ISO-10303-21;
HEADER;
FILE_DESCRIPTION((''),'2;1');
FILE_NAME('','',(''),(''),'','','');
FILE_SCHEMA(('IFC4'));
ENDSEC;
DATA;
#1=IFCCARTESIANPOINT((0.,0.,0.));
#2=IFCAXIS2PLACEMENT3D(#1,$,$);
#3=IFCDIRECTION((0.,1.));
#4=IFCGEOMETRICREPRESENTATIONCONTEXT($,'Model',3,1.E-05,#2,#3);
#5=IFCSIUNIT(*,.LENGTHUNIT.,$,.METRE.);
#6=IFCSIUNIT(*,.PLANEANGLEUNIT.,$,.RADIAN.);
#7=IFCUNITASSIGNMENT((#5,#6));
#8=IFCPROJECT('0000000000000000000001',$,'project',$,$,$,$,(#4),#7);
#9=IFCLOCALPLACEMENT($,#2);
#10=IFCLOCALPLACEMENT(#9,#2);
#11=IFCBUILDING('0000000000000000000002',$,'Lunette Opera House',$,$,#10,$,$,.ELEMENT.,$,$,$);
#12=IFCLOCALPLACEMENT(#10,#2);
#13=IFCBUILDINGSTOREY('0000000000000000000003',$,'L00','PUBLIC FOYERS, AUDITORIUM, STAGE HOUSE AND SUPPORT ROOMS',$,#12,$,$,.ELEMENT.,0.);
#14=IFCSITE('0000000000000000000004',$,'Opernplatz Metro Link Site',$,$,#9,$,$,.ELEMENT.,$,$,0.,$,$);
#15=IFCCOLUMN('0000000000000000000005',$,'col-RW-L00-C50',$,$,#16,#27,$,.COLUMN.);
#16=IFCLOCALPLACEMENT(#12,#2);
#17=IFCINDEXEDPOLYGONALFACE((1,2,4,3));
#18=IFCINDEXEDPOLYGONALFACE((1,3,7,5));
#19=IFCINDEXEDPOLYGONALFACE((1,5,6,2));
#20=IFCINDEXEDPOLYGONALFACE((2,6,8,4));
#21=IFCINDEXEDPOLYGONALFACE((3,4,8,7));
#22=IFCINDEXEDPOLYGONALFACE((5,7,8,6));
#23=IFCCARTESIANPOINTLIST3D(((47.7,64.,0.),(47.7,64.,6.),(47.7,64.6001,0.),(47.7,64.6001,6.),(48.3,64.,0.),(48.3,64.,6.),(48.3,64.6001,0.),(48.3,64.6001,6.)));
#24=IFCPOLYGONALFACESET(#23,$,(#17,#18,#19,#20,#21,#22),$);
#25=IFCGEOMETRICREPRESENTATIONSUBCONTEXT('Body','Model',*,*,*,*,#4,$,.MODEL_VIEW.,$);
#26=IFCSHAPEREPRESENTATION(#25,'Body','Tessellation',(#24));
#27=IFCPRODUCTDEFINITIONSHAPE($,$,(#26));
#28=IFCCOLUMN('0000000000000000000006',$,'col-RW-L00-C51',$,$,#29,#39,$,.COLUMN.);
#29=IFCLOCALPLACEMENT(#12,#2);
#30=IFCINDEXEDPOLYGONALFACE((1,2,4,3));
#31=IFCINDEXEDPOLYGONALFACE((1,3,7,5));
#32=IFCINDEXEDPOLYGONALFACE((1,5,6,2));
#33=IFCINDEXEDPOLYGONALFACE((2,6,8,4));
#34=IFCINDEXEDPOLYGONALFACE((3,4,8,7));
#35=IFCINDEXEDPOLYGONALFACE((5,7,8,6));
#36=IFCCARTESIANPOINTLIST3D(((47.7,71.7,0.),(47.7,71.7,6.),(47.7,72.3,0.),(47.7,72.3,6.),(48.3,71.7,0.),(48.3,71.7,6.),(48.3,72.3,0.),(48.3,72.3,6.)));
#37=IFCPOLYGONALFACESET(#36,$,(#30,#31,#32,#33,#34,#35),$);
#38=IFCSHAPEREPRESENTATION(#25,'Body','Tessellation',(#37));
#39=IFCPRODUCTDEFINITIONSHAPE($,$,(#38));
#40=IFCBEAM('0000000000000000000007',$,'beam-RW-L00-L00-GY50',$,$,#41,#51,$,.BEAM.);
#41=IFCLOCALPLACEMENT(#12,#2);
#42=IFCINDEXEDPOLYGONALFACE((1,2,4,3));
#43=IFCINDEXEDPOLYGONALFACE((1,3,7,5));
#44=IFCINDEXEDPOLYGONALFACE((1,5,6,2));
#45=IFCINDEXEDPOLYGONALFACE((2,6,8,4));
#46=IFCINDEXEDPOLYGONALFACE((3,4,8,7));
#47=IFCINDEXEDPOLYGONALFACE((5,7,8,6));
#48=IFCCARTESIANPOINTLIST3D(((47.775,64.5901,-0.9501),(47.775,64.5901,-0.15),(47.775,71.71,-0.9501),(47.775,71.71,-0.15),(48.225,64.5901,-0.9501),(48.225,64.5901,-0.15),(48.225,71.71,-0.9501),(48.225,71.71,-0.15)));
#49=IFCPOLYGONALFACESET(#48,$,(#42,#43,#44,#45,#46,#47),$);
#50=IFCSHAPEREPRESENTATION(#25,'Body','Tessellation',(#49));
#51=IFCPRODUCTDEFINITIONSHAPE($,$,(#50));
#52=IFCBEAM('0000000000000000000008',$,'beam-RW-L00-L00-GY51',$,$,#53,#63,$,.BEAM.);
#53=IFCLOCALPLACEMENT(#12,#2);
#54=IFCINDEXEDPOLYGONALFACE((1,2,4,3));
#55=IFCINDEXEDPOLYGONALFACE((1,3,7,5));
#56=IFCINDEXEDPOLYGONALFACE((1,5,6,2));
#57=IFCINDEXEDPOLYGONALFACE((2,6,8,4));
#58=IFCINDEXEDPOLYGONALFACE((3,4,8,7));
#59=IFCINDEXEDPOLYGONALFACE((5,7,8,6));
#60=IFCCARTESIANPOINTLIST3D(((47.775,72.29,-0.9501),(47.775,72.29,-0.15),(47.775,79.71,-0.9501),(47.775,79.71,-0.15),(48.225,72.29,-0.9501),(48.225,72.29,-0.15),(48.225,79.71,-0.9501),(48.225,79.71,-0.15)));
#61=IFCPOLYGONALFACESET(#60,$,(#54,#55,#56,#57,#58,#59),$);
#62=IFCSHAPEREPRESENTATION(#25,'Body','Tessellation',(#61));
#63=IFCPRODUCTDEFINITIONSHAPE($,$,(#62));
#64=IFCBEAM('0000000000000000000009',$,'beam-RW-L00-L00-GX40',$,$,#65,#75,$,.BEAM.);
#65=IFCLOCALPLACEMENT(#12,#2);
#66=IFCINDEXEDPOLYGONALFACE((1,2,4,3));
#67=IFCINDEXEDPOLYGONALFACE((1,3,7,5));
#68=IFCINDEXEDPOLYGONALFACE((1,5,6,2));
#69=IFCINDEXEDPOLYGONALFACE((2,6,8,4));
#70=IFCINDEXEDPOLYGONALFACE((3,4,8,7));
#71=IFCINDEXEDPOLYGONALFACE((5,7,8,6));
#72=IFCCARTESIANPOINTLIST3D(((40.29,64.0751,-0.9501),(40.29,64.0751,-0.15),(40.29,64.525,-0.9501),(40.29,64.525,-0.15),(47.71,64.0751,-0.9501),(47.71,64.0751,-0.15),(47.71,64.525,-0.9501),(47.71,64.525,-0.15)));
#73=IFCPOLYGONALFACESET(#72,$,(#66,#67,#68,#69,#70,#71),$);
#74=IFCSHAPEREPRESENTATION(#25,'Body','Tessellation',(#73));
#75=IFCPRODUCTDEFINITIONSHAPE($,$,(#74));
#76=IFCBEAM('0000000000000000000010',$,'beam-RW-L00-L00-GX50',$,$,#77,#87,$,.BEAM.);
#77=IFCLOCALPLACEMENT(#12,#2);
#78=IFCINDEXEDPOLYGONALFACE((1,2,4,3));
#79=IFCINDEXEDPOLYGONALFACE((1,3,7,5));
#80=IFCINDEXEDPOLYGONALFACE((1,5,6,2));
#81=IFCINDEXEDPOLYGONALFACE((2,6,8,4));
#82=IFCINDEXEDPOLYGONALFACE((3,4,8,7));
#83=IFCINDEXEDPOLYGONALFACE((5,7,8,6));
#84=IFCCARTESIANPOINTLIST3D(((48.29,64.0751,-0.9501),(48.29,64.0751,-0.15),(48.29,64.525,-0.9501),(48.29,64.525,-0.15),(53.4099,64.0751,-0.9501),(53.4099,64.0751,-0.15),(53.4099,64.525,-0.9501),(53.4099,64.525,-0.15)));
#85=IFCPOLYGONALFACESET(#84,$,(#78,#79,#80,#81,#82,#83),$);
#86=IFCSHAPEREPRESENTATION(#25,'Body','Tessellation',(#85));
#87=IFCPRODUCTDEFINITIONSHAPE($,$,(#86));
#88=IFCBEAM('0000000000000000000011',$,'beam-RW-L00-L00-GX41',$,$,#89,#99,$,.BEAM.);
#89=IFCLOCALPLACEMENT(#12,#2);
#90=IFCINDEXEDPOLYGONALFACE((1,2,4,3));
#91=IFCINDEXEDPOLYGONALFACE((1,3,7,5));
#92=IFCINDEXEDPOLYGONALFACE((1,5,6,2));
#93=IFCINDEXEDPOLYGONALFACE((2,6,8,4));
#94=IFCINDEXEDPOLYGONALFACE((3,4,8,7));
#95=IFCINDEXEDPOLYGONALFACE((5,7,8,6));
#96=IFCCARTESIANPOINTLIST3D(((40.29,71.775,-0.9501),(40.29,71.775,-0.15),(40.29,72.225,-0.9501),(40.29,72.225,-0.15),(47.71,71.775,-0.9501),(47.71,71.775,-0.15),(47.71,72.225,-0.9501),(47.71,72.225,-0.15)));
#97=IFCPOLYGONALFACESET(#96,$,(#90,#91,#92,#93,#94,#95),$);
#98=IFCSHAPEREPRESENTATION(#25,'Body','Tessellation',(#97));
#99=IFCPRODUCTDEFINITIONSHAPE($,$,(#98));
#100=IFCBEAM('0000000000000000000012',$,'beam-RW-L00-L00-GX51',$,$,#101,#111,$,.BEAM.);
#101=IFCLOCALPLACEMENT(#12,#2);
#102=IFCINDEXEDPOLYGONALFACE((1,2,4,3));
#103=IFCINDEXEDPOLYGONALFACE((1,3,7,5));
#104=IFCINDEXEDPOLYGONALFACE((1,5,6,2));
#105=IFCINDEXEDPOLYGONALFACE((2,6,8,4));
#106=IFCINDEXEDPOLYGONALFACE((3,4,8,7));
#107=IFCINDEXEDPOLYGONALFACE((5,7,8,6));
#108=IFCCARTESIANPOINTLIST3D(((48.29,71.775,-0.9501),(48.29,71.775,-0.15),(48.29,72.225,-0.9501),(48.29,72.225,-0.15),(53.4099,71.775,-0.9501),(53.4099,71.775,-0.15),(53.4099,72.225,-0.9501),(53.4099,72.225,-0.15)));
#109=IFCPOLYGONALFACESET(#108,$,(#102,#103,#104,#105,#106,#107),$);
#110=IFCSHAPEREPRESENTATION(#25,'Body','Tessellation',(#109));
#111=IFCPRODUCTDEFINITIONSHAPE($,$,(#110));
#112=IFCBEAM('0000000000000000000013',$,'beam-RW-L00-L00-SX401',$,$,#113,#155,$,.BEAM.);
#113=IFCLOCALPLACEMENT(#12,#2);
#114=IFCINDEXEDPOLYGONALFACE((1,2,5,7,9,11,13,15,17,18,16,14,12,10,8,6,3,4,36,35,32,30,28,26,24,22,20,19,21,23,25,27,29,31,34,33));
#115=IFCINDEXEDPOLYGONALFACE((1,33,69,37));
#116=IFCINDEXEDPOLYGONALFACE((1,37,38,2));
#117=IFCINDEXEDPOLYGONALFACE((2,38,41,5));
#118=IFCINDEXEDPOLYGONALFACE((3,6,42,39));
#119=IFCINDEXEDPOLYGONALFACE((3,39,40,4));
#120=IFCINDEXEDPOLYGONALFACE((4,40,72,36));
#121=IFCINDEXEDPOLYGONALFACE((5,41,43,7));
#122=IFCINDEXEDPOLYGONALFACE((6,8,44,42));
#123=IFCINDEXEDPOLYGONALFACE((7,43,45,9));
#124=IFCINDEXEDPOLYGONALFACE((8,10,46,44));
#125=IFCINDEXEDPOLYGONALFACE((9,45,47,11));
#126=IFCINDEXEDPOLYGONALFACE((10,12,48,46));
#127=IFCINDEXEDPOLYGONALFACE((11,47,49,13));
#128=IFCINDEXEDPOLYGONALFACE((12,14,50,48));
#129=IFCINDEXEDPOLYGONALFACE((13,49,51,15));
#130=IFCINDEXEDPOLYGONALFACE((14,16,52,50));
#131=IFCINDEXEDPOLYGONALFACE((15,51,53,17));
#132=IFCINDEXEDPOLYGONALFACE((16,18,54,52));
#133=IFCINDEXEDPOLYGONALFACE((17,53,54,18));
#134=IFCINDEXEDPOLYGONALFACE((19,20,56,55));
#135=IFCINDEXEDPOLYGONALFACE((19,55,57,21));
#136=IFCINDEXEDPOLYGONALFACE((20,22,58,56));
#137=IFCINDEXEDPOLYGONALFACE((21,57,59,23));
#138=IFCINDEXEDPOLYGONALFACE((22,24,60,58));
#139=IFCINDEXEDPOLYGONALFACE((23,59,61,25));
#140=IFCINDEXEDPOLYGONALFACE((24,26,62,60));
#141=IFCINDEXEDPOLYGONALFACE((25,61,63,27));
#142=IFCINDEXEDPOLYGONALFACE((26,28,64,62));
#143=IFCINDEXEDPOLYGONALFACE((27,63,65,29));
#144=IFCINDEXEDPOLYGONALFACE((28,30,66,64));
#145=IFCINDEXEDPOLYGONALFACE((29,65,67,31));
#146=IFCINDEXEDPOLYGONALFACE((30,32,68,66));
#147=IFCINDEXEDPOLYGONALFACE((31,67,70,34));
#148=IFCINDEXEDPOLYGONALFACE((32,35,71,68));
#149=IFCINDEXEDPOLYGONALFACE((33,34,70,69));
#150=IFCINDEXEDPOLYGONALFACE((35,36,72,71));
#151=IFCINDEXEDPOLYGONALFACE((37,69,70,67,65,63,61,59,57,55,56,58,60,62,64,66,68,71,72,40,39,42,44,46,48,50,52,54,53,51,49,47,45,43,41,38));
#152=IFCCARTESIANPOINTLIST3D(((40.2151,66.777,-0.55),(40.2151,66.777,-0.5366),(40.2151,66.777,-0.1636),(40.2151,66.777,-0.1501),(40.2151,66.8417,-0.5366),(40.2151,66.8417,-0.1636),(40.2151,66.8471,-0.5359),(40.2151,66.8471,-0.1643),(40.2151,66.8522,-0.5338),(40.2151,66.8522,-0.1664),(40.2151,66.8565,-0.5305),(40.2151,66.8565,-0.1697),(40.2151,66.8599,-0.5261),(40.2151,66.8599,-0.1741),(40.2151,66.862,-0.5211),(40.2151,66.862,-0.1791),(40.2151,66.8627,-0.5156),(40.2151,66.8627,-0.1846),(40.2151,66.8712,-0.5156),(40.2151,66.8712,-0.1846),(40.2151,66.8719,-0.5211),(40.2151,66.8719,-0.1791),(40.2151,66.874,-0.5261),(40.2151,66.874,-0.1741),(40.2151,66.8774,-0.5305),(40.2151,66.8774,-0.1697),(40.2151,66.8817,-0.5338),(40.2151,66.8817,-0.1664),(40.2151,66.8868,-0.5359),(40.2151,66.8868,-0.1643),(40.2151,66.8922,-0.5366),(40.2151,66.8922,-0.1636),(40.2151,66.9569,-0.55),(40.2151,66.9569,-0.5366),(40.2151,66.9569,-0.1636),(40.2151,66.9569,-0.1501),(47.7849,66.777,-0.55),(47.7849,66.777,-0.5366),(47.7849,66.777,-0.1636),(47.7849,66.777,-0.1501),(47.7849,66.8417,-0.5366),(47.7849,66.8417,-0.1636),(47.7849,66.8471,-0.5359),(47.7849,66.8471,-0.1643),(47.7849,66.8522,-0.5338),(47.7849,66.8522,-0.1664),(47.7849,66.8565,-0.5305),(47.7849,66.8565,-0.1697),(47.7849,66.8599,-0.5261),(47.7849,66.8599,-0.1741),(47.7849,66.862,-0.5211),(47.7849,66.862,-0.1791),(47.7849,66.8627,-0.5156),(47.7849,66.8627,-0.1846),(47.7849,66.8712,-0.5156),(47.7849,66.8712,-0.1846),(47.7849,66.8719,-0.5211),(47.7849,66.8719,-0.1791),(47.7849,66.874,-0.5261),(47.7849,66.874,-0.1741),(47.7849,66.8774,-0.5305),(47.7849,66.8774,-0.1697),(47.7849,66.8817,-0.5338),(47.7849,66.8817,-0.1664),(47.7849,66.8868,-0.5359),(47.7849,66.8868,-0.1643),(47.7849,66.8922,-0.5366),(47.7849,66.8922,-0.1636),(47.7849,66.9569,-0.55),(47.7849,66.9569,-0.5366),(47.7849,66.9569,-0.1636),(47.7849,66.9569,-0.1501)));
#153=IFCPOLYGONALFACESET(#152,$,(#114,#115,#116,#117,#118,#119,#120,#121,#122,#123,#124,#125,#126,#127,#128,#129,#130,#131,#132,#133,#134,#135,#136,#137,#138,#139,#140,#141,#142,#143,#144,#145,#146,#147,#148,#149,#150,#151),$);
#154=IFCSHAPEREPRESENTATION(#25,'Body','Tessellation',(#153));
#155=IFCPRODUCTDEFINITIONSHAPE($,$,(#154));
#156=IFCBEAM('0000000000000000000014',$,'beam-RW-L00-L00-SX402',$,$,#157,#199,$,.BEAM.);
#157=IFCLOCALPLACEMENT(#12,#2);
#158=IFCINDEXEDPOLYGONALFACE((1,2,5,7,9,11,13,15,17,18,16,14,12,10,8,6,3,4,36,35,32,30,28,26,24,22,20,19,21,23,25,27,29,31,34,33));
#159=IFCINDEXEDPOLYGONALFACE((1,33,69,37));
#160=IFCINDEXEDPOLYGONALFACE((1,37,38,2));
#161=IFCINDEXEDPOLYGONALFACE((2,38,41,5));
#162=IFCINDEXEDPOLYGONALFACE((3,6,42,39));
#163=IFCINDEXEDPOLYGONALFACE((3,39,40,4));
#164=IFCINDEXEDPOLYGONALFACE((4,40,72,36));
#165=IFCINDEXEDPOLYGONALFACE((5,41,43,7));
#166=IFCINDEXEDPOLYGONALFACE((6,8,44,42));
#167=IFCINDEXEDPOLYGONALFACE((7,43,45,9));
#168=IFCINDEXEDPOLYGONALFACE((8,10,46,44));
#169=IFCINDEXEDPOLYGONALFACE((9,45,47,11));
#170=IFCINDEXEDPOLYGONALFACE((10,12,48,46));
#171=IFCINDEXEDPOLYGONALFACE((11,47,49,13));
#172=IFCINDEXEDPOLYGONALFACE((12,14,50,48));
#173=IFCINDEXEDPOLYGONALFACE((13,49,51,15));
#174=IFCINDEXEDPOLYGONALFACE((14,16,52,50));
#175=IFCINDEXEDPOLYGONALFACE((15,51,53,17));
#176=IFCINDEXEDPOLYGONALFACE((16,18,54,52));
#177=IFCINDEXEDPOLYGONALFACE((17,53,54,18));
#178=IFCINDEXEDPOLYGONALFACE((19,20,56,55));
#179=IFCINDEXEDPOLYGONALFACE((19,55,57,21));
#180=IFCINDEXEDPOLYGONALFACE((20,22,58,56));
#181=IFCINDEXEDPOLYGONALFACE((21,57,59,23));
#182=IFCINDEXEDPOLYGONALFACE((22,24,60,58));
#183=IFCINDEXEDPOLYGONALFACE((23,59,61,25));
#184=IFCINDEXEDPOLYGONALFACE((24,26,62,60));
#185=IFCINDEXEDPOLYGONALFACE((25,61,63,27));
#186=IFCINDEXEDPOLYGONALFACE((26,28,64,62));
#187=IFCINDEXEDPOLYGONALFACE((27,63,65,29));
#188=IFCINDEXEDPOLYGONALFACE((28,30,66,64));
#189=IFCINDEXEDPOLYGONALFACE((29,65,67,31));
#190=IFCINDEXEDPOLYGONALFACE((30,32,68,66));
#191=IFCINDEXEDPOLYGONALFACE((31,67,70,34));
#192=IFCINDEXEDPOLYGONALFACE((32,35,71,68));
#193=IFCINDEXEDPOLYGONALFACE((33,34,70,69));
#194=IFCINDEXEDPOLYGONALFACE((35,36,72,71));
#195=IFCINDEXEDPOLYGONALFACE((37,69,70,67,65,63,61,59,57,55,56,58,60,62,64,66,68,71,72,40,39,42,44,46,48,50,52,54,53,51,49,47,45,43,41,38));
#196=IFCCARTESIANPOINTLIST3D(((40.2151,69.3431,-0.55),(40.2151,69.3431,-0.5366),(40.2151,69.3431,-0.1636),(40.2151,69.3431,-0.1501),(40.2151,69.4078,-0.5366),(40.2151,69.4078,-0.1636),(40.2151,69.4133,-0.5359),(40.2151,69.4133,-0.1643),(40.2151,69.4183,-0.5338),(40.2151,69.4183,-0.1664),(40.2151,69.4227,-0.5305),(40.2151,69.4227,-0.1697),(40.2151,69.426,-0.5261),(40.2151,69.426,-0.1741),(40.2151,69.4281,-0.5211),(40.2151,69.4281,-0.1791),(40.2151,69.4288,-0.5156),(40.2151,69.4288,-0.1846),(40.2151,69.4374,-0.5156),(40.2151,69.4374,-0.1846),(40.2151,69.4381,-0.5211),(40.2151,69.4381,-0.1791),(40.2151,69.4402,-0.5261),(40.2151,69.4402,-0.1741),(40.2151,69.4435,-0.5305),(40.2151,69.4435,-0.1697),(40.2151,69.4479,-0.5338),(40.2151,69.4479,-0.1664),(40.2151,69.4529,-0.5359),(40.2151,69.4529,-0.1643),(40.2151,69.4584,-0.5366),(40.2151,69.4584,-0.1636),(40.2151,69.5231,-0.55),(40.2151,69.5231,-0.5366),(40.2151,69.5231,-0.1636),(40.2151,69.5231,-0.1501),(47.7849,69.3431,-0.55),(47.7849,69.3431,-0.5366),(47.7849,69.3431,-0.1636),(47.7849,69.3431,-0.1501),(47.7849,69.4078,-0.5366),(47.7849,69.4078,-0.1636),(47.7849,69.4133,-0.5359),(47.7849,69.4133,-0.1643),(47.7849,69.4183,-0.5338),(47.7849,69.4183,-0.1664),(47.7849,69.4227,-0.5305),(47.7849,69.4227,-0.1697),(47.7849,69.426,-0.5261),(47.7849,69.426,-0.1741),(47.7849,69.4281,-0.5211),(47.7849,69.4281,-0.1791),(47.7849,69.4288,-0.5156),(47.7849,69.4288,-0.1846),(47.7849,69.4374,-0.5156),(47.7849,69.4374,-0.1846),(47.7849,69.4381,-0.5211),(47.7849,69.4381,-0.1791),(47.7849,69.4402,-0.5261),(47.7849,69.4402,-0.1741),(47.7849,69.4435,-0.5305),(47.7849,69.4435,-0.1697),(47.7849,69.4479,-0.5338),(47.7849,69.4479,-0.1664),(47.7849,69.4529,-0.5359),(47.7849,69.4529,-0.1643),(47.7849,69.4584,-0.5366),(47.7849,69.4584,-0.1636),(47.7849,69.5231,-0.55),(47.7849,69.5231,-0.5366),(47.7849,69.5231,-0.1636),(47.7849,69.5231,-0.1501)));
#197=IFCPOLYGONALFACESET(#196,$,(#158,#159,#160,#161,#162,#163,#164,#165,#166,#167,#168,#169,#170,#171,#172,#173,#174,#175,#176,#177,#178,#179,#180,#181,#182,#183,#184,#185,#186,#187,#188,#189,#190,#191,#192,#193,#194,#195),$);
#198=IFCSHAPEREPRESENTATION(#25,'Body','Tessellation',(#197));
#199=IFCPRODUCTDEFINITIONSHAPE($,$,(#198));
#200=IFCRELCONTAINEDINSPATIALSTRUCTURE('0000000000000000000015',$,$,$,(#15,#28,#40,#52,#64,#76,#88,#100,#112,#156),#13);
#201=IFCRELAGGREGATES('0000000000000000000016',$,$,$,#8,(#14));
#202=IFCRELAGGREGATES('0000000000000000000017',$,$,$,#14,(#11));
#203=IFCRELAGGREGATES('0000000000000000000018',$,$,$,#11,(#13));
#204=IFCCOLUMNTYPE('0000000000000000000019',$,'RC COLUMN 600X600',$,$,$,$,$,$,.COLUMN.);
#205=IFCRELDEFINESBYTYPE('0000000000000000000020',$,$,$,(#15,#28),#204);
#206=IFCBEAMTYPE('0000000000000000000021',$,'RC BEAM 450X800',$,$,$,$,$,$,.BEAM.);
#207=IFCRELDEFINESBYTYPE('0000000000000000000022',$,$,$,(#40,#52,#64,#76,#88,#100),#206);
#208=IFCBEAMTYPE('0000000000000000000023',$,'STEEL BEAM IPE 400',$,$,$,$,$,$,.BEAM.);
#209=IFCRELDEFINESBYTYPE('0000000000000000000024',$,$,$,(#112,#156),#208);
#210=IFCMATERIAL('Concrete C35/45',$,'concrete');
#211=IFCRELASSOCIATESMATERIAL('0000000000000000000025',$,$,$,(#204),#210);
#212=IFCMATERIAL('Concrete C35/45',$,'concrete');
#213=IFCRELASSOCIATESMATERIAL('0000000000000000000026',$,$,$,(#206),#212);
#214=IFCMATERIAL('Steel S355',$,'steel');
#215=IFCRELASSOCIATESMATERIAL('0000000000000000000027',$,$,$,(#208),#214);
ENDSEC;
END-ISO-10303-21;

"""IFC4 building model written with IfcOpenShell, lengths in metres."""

from ifc_helpers import new_model, si_unit, direction, frame, origin, origin_2d, place, context, subcontext, project, spatial, rectangle, i_section, extrude, material, material_profile, profile_set, type_object, element, save


model = new_model("IFC4")

# Units and contexts
model_context = context("Model", 3, precision=1e-05, world=origin(), true_north=direction((0.0, 1.0)))
body_context = subcontext(model_context, "Body", "Model", "MODEL_VIEW")
ifc_project = project(units=[si_unit("LENGTHUNIT", "METRE"), si_unit("PLANEANGLEUNIT", "RADIAN")], contexts=[model_context])

# Site, building, storey
site_placement = place(None, origin())
site = spatial("IfcSite", under=ifc_project, at=site_placement, Name="Opernplatz Metro Link Site", CompositionType="ELEMENT", RefElevation=0.0)
building_placement = place(site_placement, origin())
building = spatial("IfcBuilding", under=site, at=building_placement, Name="Lunette Opera House", CompositionType="ELEMENT")
storey_placement = place(building_placement, origin())
storey = spatial("IfcBuildingStorey", under=building, at=storey_placement, Name="L00", Description="PUBLIC FOYERS, AUDITORIUM, STAGE HOUSE AND SUPPORT ROOMS", CompositionType="ELEMENT", Elevation=0.0)

# Columns
ifc_material_1 = material(Name="Concrete C35/45", Category="concrete")
ifc_material_profile_1 = material_profile(ifc_material_1, rectangle(XDim=0.6001, YDim=0.6001, at=origin_2d()), Name="RC COLUMN 600X600")
ifc_profile_set_1 = profile_set([ifc_material_profile_1], Name="Concrete C35/45")
column_type = type_object("IfcColumnType", Name="RC COLUMN 600X600", PredefinedType="COLUMN", material=ifc_profile_set_1)
for number, where, z_axis, x_axis, name in (
    (1, (48.0, 64.3, 0.0), (0.0, 0.0, 1.0), (1.0, 0.0, 0.0), "col-RW-L00-C50"),
    (2, (48.0, 72.0, 0.0), (0.0, 0.0, 1.0), (1.0, 0.0, 0.0), "col-RW-L00-C51"),
):
    element("IfcColumn", number, at=place(storey_placement, frame(where, z_axis=z_axis, x_axis=x_axis)), inside=storey, type_object=column_type, Name=name, PredefinedType="COLUMN", context=body_context, shape_type="SweptSolid", body=[
        extrude(rectangle(XDim=0.6001, YDim=0.6001, at=origin_2d()), origin(), (0.0, 0.0, 1.0), 6.0),
    ])

# Beams
ifc_material_2 = material(Name="Concrete C35/45", Category="concrete")
ifc_material_profile_2 = material_profile(ifc_material_2, rectangle(XDim=0.45, YDim=0.8, at=origin_2d()), Name="RC BEAM 450X800")
ifc_profile_set_2 = profile_set([ifc_material_profile_2], Name="Concrete C35/45")
beam_type_1 = type_object("IfcBeamType", Name="RC BEAM 450X800", PredefinedType="BEAM", material=ifc_profile_set_2)
beam_1_placement = place(storey_placement, frame((48.0, 64.5901, -0.55), z_axis=(0.0, 1.0, 0.0), x_axis=(-1.0, 0.0, 0.0)))
element("IfcBeam", 3, at=beam_1_placement, inside=storey, type_object=beam_type_1, Name="beam-RW-L00-L00-GY50", PredefinedType="BEAM", context=body_context, shape_type="SweptSolid", body=[
    extrude(rectangle(XDim=0.45, YDim=0.8, at=origin_2d()), origin(), (0.0, 0.0, 1.0), 7.1199),
])
for number, where, z_axis, x_axis, name in (
    (4, (48.0, 72.29, -0.55), (0.0, 1.0, 0.0), (-1.0, 0.0, 0.0), "beam-RW-L00-L00-GY51"),
    (5, (40.29, 64.3, -0.55), (1.0, 0.0, 0.0), (0.0, 1.0, 0.0), "beam-RW-L00-L00-GX40"),
):
    element("IfcBeam", number, at=place(storey_placement, frame(where, z_axis=z_axis, x_axis=x_axis)), inside=storey, type_object=beam_type_1, Name=name, PredefinedType="BEAM", context=body_context, shape_type="SweptSolid", body=[
        extrude(rectangle(XDim=0.45, YDim=0.8, at=origin_2d()), origin(), (0.0, 0.0, 1.0), 7.4199),
    ])
beam_2_placement = place(storey_placement, frame((48.29, 64.3, -0.55), z_axis=(1.0, 0.0, 0.0), x_axis=(0.0, 1.0, 0.0)))
element("IfcBeam", 6, at=beam_2_placement, inside=storey, type_object=beam_type_1, Name="beam-RW-L00-L00-GX50", PredefinedType="BEAM", context=body_context, shape_type="SweptSolid", body=[
    extrude(rectangle(XDim=0.45, YDim=0.8, at=origin_2d()), origin(), (0.0, 0.0, 1.0), 5.1199),
])
beam_3_placement = place(storey_placement, frame((40.29, 72.0, -0.55), z_axis=(1.0, 0.0, 0.0), x_axis=(0.0, 1.0, 0.0)))
element("IfcBeam", 7, at=beam_3_placement, inside=storey, type_object=beam_type_1, Name="beam-RW-L00-L00-GX41", PredefinedType="BEAM", context=body_context, shape_type="SweptSolid", body=[
    extrude(rectangle(XDim=0.45, YDim=0.8, at=origin_2d()), origin(), (0.0, 0.0, 1.0), 7.4199),
])
beam_4_placement = place(storey_placement, frame((48.29, 72.0, -0.55), z_axis=(1.0, 0.0, 0.0), x_axis=(0.0, 1.0, 0.0)))
element("IfcBeam", 8, at=beam_4_placement, inside=storey, type_object=beam_type_1, Name="beam-RW-L00-L00-GX51", PredefinedType="BEAM", context=body_context, shape_type="SweptSolid", body=[
    extrude(rectangle(XDim=0.45, YDim=0.8, at=origin_2d()), origin(), (0.0, 0.0, 1.0), 5.1199),
])
ifc_material_3 = material(Name="Steel S355", Category="steel")
ifc_material_profile_3 = material_profile(ifc_material_3, i_section(OverallWidth=0.1799, OverallDepth=0.3999, WebThickness=0.0085, FlangeThickness=0.0134, FilletRadius=0.021, at=origin_2d()), Name="IPE 400")
ifc_profile_set_3 = profile_set([ifc_material_profile_3], Name="Steel S355")
beam_type_2 = type_object("IfcBeamType", Name="STEEL BEAM IPE 400", PredefinedType="BEAM", material=ifc_profile_set_3)
for number, where, z_axis, x_axis, name in (
    (9, (40.2151, 66.8669, -0.3501), (1.0, 0.0, 0.0), (0.0, 1.0, 0.0), "beam-RW-L00-L00-SX401"),
    (10, (40.2151, 69.4331, -0.3501), (1.0, 0.0, 0.0), (0.0, 1.0, 0.0), "beam-RW-L00-L00-SX402"),
):
    element("IfcBeam", number, at=place(storey_placement, frame(where, z_axis=z_axis, x_axis=x_axis)), inside=storey, type_object=beam_type_2, Name=name, PredefinedType="BEAM", context=body_context, shape_type="SweptSolid", body=[
        extrude(i_section(OverallWidth=0.1799, OverallDepth=0.3999, WebThickness=0.0085, FlangeThickness=0.0134, FilletRadius=0.021, at=origin_2d()), origin(), (0.0, 0.0, 1.0), 7.5698),
    ])

save(model, "model.ifc")
